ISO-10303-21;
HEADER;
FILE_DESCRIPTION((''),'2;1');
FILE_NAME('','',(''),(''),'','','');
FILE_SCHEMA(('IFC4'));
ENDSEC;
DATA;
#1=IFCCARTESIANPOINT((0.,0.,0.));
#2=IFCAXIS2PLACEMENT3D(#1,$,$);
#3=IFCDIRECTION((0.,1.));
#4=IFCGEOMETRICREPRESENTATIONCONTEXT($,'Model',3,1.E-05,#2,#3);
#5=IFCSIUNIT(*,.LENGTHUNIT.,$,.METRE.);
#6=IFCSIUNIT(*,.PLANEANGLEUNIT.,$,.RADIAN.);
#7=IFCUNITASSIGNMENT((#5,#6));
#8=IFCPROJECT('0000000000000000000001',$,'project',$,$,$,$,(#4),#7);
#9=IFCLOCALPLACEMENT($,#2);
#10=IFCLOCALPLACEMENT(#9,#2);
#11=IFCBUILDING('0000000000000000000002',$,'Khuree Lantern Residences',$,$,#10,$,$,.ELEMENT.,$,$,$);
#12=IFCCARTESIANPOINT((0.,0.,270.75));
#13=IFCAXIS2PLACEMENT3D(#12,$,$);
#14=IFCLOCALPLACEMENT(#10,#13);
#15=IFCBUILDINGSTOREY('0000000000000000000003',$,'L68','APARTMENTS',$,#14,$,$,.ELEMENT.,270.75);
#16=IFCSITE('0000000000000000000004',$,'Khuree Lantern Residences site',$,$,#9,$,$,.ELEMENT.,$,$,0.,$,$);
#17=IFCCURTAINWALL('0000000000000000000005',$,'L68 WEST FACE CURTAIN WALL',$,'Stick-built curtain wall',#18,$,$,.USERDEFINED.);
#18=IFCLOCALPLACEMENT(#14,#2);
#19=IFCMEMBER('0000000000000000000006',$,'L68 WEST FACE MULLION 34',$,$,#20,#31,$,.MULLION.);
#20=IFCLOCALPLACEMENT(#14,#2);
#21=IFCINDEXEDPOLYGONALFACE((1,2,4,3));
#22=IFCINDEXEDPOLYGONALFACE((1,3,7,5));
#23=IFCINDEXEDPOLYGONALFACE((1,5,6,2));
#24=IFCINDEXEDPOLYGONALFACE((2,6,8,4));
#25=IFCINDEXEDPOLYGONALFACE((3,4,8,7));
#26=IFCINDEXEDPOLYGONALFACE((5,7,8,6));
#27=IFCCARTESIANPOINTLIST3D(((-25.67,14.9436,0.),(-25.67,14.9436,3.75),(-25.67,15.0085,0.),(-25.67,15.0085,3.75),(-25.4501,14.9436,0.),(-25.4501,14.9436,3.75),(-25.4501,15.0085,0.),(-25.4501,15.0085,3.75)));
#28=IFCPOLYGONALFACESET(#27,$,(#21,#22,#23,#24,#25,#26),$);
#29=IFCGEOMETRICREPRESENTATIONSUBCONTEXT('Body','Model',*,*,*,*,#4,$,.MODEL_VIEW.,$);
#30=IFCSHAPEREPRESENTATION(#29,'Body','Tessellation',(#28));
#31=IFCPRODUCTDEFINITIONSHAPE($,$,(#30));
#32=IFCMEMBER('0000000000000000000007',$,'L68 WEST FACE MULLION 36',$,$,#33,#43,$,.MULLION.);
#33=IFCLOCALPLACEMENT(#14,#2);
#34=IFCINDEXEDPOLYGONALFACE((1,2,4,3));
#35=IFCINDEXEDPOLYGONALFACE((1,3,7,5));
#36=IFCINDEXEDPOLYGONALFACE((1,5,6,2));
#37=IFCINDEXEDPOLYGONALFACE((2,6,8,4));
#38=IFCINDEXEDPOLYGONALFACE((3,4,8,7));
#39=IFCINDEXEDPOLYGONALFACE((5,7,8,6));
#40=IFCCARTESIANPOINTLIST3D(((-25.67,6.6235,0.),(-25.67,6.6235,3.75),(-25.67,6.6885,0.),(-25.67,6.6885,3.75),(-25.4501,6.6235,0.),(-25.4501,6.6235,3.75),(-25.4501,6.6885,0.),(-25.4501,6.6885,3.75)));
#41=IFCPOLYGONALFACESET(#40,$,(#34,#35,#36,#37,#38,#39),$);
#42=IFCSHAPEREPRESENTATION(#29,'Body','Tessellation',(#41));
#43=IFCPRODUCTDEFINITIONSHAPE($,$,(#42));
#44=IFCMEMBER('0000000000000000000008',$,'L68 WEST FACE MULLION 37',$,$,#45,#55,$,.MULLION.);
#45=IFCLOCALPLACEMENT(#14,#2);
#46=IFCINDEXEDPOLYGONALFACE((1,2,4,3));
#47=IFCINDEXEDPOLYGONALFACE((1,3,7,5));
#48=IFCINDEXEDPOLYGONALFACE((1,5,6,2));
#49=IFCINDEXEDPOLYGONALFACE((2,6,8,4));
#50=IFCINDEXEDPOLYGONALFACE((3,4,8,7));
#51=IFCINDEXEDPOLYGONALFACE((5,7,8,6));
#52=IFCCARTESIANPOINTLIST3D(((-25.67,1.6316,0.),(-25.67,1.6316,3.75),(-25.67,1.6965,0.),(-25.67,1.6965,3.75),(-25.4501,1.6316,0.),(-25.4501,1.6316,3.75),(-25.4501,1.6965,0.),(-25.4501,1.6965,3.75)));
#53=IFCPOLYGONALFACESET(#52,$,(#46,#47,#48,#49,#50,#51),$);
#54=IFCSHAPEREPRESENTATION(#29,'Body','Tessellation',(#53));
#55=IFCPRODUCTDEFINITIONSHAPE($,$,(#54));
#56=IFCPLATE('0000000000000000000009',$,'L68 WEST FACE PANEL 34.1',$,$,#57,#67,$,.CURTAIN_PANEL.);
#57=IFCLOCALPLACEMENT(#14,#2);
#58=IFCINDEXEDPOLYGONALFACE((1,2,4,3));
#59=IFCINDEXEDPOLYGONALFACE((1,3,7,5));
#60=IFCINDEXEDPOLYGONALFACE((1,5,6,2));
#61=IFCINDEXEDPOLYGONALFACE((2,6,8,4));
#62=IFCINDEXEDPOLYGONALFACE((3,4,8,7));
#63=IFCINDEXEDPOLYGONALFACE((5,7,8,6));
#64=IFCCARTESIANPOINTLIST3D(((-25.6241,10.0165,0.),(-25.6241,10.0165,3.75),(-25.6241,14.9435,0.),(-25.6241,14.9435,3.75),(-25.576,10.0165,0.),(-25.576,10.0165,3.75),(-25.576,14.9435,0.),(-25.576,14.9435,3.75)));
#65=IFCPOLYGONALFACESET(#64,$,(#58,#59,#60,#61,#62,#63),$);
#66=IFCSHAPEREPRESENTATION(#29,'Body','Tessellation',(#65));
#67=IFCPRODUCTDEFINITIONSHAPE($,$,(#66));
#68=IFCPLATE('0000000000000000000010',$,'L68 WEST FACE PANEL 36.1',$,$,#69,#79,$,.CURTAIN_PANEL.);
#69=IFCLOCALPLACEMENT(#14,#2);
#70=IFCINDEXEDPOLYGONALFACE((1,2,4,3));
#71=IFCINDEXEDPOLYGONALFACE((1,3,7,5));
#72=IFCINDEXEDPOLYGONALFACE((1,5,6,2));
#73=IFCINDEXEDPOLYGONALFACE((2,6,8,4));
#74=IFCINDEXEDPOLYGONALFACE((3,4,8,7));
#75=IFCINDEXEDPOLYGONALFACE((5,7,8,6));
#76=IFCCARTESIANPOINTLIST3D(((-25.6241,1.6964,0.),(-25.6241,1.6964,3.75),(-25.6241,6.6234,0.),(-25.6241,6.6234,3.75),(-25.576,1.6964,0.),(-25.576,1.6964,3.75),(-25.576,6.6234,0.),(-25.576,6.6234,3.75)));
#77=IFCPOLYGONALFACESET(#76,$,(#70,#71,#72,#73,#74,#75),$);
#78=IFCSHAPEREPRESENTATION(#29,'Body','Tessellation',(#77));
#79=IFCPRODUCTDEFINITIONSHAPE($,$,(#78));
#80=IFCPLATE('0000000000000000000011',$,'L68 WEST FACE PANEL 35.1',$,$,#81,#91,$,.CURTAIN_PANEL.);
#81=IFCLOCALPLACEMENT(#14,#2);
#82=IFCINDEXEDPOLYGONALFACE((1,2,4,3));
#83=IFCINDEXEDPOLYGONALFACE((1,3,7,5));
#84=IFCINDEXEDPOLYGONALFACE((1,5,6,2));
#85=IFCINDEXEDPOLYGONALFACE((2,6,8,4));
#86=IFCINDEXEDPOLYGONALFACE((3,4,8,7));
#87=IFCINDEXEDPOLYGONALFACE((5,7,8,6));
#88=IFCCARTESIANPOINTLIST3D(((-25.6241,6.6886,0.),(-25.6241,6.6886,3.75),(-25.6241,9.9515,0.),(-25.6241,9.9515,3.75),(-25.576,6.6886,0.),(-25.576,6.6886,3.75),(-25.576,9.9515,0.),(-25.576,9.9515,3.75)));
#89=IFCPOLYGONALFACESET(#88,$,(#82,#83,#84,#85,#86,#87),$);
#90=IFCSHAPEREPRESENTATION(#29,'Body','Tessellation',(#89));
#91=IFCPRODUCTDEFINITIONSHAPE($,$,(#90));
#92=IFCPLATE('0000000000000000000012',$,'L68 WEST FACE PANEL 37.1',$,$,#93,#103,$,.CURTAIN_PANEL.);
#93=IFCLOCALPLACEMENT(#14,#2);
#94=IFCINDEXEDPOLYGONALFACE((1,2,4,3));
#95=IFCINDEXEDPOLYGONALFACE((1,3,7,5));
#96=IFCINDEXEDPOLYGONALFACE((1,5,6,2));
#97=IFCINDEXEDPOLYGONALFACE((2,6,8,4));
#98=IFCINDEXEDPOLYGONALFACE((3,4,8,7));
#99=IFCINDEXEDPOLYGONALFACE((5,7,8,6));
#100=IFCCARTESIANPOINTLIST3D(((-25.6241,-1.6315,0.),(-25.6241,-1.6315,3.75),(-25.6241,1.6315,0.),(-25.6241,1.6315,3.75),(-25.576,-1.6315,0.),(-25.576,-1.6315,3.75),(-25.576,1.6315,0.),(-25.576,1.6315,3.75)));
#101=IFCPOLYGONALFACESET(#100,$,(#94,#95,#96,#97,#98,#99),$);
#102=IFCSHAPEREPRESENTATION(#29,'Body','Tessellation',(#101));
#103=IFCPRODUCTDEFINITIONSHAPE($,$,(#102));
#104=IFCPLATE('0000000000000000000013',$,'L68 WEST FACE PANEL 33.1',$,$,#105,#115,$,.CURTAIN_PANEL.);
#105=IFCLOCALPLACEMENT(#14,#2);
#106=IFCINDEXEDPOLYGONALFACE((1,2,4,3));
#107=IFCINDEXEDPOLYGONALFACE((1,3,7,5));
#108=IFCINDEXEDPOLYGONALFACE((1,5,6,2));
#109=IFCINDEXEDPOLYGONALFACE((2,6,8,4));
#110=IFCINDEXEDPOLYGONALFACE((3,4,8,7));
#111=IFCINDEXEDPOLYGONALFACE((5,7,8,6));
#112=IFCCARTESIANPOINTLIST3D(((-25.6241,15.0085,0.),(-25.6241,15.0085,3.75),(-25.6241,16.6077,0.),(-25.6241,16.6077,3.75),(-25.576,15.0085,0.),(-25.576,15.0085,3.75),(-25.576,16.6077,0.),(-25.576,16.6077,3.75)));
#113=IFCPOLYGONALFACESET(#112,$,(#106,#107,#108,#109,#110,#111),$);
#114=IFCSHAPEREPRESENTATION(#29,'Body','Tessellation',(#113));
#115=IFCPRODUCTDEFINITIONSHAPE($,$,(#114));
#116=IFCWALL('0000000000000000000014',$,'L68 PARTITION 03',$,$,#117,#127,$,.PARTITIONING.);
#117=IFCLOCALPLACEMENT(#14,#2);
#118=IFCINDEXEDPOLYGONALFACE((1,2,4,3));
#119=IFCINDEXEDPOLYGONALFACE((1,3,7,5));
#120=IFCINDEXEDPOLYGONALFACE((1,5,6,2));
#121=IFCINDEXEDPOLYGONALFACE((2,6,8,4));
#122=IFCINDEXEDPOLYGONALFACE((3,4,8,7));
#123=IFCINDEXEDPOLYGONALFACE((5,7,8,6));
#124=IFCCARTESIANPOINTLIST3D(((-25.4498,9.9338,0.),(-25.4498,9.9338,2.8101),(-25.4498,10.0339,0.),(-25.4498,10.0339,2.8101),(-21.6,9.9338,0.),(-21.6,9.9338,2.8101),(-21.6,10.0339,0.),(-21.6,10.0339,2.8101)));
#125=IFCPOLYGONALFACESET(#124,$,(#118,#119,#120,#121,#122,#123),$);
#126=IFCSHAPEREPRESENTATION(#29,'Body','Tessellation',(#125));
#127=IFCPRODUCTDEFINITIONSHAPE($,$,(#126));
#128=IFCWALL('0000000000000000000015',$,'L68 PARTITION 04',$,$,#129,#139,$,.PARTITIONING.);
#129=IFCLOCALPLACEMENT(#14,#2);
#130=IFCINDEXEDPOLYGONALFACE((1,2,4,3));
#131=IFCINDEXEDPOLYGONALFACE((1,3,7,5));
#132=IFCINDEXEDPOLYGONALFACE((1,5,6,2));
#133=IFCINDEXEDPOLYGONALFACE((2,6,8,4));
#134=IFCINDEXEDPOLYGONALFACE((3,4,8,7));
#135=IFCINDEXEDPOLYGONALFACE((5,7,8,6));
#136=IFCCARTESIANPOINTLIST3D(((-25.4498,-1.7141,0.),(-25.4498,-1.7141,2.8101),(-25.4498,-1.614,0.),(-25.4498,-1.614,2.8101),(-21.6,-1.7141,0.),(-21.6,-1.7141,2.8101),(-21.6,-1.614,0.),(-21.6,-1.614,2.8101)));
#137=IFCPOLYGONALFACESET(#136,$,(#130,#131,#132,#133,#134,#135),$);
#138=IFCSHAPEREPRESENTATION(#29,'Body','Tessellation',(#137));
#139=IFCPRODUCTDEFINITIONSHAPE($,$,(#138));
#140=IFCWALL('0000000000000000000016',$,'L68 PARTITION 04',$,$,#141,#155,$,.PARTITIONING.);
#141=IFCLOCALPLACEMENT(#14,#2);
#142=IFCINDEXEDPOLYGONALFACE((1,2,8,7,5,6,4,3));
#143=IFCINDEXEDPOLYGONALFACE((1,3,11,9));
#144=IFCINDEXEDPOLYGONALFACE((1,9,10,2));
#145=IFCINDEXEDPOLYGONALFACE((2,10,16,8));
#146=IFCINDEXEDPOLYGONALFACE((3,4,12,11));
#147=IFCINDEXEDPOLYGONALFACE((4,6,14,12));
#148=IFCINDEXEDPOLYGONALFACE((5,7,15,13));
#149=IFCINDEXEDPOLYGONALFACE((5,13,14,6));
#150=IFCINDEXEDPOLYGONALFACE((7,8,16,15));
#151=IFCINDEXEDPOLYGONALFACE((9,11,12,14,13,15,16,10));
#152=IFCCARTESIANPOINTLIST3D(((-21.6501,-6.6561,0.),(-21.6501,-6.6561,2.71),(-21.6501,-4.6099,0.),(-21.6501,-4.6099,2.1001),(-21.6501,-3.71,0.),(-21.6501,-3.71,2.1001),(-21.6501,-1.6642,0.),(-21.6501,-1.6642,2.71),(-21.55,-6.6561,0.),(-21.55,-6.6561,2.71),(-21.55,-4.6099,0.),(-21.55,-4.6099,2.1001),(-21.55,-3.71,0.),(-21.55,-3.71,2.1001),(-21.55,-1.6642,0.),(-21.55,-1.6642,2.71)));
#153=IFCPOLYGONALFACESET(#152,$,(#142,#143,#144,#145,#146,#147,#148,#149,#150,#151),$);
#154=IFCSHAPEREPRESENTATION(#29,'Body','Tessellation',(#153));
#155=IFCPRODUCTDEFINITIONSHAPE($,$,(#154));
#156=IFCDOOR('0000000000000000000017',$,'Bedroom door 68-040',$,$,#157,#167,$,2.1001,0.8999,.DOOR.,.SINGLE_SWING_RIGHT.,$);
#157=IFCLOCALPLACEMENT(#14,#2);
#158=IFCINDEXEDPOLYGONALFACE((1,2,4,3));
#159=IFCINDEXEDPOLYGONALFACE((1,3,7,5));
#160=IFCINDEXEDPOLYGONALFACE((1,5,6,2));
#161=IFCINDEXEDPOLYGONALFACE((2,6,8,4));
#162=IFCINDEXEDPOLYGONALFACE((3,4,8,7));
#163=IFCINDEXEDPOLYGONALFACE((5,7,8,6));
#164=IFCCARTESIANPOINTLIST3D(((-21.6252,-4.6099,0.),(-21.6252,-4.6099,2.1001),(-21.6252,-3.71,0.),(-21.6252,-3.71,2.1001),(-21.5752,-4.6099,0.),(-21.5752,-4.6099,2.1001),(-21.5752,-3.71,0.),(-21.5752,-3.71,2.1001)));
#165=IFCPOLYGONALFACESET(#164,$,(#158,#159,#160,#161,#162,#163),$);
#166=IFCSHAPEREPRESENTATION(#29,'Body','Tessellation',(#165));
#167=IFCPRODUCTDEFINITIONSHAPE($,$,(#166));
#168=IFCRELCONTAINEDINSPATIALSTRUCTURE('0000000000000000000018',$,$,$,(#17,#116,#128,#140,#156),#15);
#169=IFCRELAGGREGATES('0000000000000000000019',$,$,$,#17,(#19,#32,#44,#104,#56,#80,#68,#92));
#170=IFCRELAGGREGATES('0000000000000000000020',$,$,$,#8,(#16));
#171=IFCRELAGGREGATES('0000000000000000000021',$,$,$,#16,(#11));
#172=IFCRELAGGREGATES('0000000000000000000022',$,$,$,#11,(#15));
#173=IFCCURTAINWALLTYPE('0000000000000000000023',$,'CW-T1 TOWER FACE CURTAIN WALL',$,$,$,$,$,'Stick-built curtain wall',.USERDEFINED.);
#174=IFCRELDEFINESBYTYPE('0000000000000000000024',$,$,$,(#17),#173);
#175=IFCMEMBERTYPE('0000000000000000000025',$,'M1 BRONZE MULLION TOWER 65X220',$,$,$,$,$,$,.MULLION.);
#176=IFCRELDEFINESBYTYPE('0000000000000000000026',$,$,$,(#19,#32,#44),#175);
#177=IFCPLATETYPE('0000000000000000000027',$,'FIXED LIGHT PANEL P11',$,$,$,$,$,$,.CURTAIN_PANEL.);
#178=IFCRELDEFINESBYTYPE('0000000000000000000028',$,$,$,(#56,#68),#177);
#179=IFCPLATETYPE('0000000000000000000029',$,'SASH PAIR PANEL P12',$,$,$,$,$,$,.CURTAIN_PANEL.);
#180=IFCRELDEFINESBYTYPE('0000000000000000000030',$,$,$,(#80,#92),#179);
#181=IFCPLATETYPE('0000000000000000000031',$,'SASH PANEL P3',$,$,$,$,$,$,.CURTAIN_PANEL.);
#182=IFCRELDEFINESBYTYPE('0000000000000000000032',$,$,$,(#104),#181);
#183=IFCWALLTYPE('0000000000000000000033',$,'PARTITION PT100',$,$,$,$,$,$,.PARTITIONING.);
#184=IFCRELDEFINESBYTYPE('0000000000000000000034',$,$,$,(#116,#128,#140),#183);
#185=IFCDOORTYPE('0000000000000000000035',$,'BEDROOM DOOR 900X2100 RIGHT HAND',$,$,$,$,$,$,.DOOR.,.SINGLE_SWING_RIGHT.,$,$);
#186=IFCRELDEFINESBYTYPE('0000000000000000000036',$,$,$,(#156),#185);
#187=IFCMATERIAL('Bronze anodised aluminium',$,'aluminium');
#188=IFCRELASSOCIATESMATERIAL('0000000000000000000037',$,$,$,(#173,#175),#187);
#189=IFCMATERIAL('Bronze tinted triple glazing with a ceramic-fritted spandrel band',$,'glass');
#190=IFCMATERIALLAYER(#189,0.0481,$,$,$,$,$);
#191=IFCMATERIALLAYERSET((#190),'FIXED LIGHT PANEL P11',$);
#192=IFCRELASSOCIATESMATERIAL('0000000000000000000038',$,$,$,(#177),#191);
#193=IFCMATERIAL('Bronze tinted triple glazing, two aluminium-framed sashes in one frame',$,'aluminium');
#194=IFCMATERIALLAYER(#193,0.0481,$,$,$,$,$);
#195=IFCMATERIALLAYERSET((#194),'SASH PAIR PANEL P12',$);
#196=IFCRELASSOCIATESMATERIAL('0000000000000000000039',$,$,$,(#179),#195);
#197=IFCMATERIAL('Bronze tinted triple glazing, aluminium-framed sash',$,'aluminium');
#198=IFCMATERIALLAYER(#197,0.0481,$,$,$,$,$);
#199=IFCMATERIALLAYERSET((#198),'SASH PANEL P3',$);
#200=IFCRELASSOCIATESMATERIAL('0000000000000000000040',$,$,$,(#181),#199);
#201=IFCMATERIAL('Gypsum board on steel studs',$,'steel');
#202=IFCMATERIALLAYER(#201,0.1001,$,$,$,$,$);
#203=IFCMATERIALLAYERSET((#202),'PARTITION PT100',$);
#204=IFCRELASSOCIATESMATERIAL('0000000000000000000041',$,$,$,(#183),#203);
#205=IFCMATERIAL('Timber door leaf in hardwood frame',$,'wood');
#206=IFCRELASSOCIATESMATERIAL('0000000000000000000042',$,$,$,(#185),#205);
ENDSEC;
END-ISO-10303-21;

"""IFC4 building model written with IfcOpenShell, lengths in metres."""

from ifc_helpers import new_model, si_unit, direction, frame, frame_2d, origin, origin_2d, place, context, subcontext, project, spatial, rectangle, extrude, material, layer, layer_set, material_profile, profile_set, type_object, element, fill, aggregate, save


model = new_model("IFC4")

# Units and contexts
model_context = context("Model", 3, precision=1e-05, world=origin(), true_north=direction((0.0, 1.0)))
body_context = subcontext(model_context, "Body", "Model", "MODEL_VIEW")
ifc_project = project(units=[si_unit("LENGTHUNIT", "METRE"), si_unit("PLANEANGLEUNIT", "RADIAN")], contexts=[model_context])

# Site, building, storey
site_placement = place(None, origin())
site = spatial("IfcSite", under=ifc_project, at=site_placement, Name="Khuree Lantern Residences site", CompositionType="ELEMENT", RefElevation=0.0)
building_placement = place(site_placement, origin())
building = spatial("IfcBuilding", under=site, at=building_placement, Name="Khuree Lantern Residences", CompositionType="ELEMENT")
storey_placement = place(building_placement, frame((0.0, 0.0, 270.75)))
storey = spatial("IfcBuildingStorey", under=building, at=storey_placement, Name="L68", Description="APARTMENTS", CompositionType="ELEMENT", Elevation=270.75)

# Curtain wall
ifc_material_1 = material(Name="Bronze anodised aluminium", Category="aluminium")
curtain_wall_type = type_object("IfcCurtainWallType", Name="CW-T1 TOWER FACE CURTAIN WALL", ElementType="Stick-built curtain wall", PredefinedType="USERDEFINED", material=ifc_material_1)
curtain_wall_placement = place(storey_placement, origin())
curtain_wall = element("IfcCurtainWall", 1, at=curtain_wall_placement, inside=storey, type_object=curtain_wall_type, Name="L68 WEST FACE CURTAIN WALL", ObjectType="Stick-built curtain wall", PredefinedType="USERDEFINED")

# Members
ifc_material_profile_1 = material_profile(ifc_material_1, rectangle(XDim=0.0649, YDim=0.22, at=origin_2d()), Name="M1 65X220")
ifc_profile_set_1 = profile_set([ifc_material_profile_1], Name="Bronze anodised aluminium")
member_type_1 = type_object("IfcMemberType", Name="M1 BRONZE MULLION TOWER 65X220", PredefinedType="MULLION", material=ifc_profile_set_1)
member_1_placement = place(storey_placement, frame((-25.5601, 14.9761, 0.0), z_axis=(0.0, 0.0, 1.0), x_axis=(0.0, -1.0, 0.0)))
member_1 = element("IfcMember", 2, at=member_1_placement, type_object=member_type_1, Name="L68 WEST FACE MULLION 34", PredefinedType="MULLION", context=body_context, shape_type="SweptSolid", body=[
    extrude(rectangle(XDim=0.0649, YDim=0.22, at=origin_2d()), origin(), (0.0, 0.0, 1.0), 3.75),
])
member_2_placement = place(storey_placement, frame((-25.5601, 6.656, 0.0), z_axis=(0.0, 0.0, 1.0), x_axis=(0.0, -1.0, 0.0)))
member_2 = element("IfcMember", 3, at=member_2_placement, type_object=member_type_1, Name="L68 WEST FACE MULLION 36", PredefinedType="MULLION", context=body_context, shape_type="SweptSolid", body=[
    extrude(rectangle(XDim=0.0649, YDim=0.22, at=origin_2d()), origin(), (0.0, 0.0, 1.0), 3.75),
])
member_3_placement = place(storey_placement, frame((-25.5601, 1.6641, 0.0), z_axis=(0.0, 0.0, 1.0), x_axis=(0.0, -1.0, 0.0)))
member_3 = element("IfcMember", 4, at=member_3_placement, type_object=member_type_1, Name="L68 WEST FACE MULLION 37", PredefinedType="MULLION", context=body_context, shape_type="SweptSolid", body=[
    extrude(rectangle(XDim=0.0649, YDim=0.22, at=origin_2d()), origin(), (0.0, 0.0, 1.0), 3.75),
])

# Plates
ifc_material_2 = material(Name="Bronze tinted triple glazing with a ceramic-fritted spandrel band", Category="glass")
ifc_layer_1 = layer(ifc_material_2, 0.0481)
ifc_layer_set_1 = layer_set([ifc_layer_1], Name="FIXED LIGHT PANEL P11")
plate_type_1 = type_object("IfcPlateType", Name="FIXED LIGHT PANEL P11", PredefinedType="CURTAIN_PANEL", material=ifc_layer_set_1)
plate_1_placement = place(storey_placement, frame((-25.6001, 12.48, 0.0), z_axis=(0.0, 0.0, 1.0), x_axis=(0.0, -1.0, 0.0)))
plate_1 = element("IfcPlate", 5, at=plate_1_placement, type_object=plate_type_1, Name="L68 WEST FACE PANEL 34.1", PredefinedType="CURTAIN_PANEL", context=body_context, shape_type="SweptSolid", body=[
    extrude(rectangle(XDim=4.927, YDim=0.0481, at=origin_2d()), origin(), (0.0, 0.0, 1.0), 3.75),
])
plate_2_placement = place(storey_placement, frame((-25.6001, 4.1599, 0.0), z_axis=(0.0, 0.0, 1.0), x_axis=(0.0, -1.0, 0.0)))
plate_2 = element("IfcPlate", 6, at=plate_2_placement, type_object=plate_type_1, Name="L68 WEST FACE PANEL 36.1", PredefinedType="CURTAIN_PANEL", context=body_context, shape_type="SweptSolid", body=[
    extrude(rectangle(XDim=4.927, YDim=0.0481, at=origin_2d()), origin(), (0.0, 0.0, 1.0), 3.75),
])
ifc_material_3 = material(Name="Bronze tinted triple glazing, two aluminium-framed sashes in one frame", Category="aluminium")
ifc_layer_2 = layer(ifc_material_3, 0.0481)
ifc_layer_set_2 = layer_set([ifc_layer_2], Name="SASH PAIR PANEL P12")
plate_type_2 = type_object("IfcPlateType", Name="SASH PAIR PANEL P12", PredefinedType="CURTAIN_PANEL", material=ifc_layer_set_2)
plate_3_placement = place(storey_placement, frame((-25.6001, 8.3201, 0.0), z_axis=(0.0, 0.0, 1.0), x_axis=(0.0, -1.0, 0.0)))
plate_3 = element("IfcPlate", 7, at=plate_3_placement, type_object=plate_type_2, Name="L68 WEST FACE PANEL 35.1", PredefinedType="CURTAIN_PANEL", context=body_context, shape_type="SweptSolid", body=[
    extrude(rectangle(XDim=3.2629, YDim=0.0481, at=origin_2d()), origin(), (0.0, 0.0, 1.0), 3.75),
])
plate_4_placement = place(storey_placement, frame((-25.6001, 0.0, 0.0), z_axis=(0.0, 0.0, 1.0), x_axis=(0.0, -1.0, 0.0)))
plate_4 = element("IfcPlate", 8, at=plate_4_placement, type_object=plate_type_2, Name="L68 WEST FACE PANEL 37.1", PredefinedType="CURTAIN_PANEL", context=body_context, shape_type="SweptSolid", body=[
    extrude(rectangle(XDim=3.2629, YDim=0.0481, at=origin_2d()), origin(), (0.0, 0.0, 1.0), 3.75),
])
ifc_material_4 = material(Name="Bronze tinted triple glazing, aluminium-framed sash", Category="aluminium")
ifc_layer_3 = layer(ifc_material_4, 0.0481)
ifc_layer_set_3 = layer_set([ifc_layer_3], Name="SASH PANEL P3")
plate_type_3 = type_object("IfcPlateType", Name="SASH PANEL P3", PredefinedType="CURTAIN_PANEL", material=ifc_layer_set_3)
plate_5_placement = place(storey_placement, frame((-25.6001, 15.8081, 0.0), z_axis=(0.0, 0.0, 1.0), x_axis=(0.0, -1.0, 0.0)))
plate_5 = element("IfcPlate", 9, at=plate_5_placement, type_object=plate_type_3, Name="L68 WEST FACE PANEL 33.1", PredefinedType="CURTAIN_PANEL", context=body_context, shape_type="SweptSolid", body=[
    extrude(rectangle(XDim=1.5991, YDim=0.0481, at=origin_2d()), origin(), (0.0, 0.0, 1.0), 3.75),
])
aggregate(curtain_wall, [member_1, member_2, member_3, plate_5, plate_1, plate_3, plate_2, plate_4])

# Walls
ifc_material_5 = material(Name="Gypsum board on steel studs", Category="steel")
ifc_layer_4 = layer(ifc_material_5, 0.1001)
ifc_layer_set_4 = layer_set([ifc_layer_4], Name="PARTITION PT100")
wall_type = type_object("IfcWallType", Name="PARTITION PT100", PredefinedType="PARTITIONING", material=ifc_layer_set_4)
for number, where, z_axis, x_axis, name in (
    (10, (-21.6001, 9.9839, 0.0), (0.0, 0.0, 1.0), (-1.0, 0.0, 0.0), "L68 PARTITION 03"),
    (11, (-21.6001, -1.6641, 0.0), (0.0, 0.0, 1.0), (-1.0, 0.0, 0.0), "L68 PARTITION 04"),
):
    element("IfcWall", number, at=place(storey_placement, frame(where, z_axis=z_axis, x_axis=x_axis)), inside=storey, type_object=wall_type, Name=name, PredefinedType="PARTITIONING", context=body_context, shape_type="SweptSolid", body=[
        extrude(rectangle(XDim=3.8499, YDim=0.1001, at=frame_2d((1.9248, 0.0))), origin(), (0.0, 0.0, 1.0), 2.8101),
    ])

# Wall, opening, door
wall_placement = place(storey_placement, frame((-21.6001, -1.6641, 0.0), z_axis=(0.0, 0.0, 1.0), x_axis=(0.0, -1.0, 0.0)))
wall = element("IfcWall", 12, at=wall_placement, inside=storey, type_object=wall_type, Name="L68 PARTITION 04", PredefinedType="PARTITIONING", context=body_context, shape_type="SweptSolid", body=[
    extrude(rectangle(XDim=4.9919, YDim=0.1001, at=frame_2d((2.4961, 0.0))), origin(), (0.0, 0.0, 1.0), 2.71),
])
opening_placement = place(wall_placement, frame((2.0459, 0.0, 0.0)))
opening = element("IfcOpeningElement", 13, at=opening_placement, cuts=wall, PredefinedType="OPENING", context=body_context, shape_type="SweptSolid", body=[
    extrude(rectangle(XDim=0.8999, YDim=2.1001, at=frame_2d((0.45, 1.05))), frame((0.0, 0.0601, 0.0), z_axis=(0.0, -1.0, 0.0), x_axis=(1.0, 0.0, 0.0)), (0.0, 0.0, 1.0), 0.1201),
])
ifc_material_6 = material(Name="Timber door leaf in hardwood frame", Category="wood")
door_type = type_object("IfcDoorType", Name="BEDROOM DOOR 900X2100 RIGHT HAND", OperationType="SINGLE_SWING_RIGHT", PredefinedType="DOOR", material=ifc_material_6)
door_placement = place(opening_placement, origin())
door = element("IfcDoor", 14, at=door_placement, inside=storey, type_object=door_type, Name="Bedroom door 68-040", OperationType="SINGLE_SWING_RIGHT", OverallHeight=2.1001, OverallWidth=0.8999, PredefinedType="DOOR", context=body_context, shape_type="SweptSolid", body=[
    extrude(rectangle(XDim=0.8999, YDim=2.1001, at=frame_2d((0.45, 1.05))), frame((0.0, 0.0249, 0.0), z_axis=(0.0, -1.0, 0.0), x_axis=(1.0, 0.0, 0.0)), (0.0, 0.0, 1.0), 0.05),
])
fill(opening, door)

save(model, "model.ifc")
